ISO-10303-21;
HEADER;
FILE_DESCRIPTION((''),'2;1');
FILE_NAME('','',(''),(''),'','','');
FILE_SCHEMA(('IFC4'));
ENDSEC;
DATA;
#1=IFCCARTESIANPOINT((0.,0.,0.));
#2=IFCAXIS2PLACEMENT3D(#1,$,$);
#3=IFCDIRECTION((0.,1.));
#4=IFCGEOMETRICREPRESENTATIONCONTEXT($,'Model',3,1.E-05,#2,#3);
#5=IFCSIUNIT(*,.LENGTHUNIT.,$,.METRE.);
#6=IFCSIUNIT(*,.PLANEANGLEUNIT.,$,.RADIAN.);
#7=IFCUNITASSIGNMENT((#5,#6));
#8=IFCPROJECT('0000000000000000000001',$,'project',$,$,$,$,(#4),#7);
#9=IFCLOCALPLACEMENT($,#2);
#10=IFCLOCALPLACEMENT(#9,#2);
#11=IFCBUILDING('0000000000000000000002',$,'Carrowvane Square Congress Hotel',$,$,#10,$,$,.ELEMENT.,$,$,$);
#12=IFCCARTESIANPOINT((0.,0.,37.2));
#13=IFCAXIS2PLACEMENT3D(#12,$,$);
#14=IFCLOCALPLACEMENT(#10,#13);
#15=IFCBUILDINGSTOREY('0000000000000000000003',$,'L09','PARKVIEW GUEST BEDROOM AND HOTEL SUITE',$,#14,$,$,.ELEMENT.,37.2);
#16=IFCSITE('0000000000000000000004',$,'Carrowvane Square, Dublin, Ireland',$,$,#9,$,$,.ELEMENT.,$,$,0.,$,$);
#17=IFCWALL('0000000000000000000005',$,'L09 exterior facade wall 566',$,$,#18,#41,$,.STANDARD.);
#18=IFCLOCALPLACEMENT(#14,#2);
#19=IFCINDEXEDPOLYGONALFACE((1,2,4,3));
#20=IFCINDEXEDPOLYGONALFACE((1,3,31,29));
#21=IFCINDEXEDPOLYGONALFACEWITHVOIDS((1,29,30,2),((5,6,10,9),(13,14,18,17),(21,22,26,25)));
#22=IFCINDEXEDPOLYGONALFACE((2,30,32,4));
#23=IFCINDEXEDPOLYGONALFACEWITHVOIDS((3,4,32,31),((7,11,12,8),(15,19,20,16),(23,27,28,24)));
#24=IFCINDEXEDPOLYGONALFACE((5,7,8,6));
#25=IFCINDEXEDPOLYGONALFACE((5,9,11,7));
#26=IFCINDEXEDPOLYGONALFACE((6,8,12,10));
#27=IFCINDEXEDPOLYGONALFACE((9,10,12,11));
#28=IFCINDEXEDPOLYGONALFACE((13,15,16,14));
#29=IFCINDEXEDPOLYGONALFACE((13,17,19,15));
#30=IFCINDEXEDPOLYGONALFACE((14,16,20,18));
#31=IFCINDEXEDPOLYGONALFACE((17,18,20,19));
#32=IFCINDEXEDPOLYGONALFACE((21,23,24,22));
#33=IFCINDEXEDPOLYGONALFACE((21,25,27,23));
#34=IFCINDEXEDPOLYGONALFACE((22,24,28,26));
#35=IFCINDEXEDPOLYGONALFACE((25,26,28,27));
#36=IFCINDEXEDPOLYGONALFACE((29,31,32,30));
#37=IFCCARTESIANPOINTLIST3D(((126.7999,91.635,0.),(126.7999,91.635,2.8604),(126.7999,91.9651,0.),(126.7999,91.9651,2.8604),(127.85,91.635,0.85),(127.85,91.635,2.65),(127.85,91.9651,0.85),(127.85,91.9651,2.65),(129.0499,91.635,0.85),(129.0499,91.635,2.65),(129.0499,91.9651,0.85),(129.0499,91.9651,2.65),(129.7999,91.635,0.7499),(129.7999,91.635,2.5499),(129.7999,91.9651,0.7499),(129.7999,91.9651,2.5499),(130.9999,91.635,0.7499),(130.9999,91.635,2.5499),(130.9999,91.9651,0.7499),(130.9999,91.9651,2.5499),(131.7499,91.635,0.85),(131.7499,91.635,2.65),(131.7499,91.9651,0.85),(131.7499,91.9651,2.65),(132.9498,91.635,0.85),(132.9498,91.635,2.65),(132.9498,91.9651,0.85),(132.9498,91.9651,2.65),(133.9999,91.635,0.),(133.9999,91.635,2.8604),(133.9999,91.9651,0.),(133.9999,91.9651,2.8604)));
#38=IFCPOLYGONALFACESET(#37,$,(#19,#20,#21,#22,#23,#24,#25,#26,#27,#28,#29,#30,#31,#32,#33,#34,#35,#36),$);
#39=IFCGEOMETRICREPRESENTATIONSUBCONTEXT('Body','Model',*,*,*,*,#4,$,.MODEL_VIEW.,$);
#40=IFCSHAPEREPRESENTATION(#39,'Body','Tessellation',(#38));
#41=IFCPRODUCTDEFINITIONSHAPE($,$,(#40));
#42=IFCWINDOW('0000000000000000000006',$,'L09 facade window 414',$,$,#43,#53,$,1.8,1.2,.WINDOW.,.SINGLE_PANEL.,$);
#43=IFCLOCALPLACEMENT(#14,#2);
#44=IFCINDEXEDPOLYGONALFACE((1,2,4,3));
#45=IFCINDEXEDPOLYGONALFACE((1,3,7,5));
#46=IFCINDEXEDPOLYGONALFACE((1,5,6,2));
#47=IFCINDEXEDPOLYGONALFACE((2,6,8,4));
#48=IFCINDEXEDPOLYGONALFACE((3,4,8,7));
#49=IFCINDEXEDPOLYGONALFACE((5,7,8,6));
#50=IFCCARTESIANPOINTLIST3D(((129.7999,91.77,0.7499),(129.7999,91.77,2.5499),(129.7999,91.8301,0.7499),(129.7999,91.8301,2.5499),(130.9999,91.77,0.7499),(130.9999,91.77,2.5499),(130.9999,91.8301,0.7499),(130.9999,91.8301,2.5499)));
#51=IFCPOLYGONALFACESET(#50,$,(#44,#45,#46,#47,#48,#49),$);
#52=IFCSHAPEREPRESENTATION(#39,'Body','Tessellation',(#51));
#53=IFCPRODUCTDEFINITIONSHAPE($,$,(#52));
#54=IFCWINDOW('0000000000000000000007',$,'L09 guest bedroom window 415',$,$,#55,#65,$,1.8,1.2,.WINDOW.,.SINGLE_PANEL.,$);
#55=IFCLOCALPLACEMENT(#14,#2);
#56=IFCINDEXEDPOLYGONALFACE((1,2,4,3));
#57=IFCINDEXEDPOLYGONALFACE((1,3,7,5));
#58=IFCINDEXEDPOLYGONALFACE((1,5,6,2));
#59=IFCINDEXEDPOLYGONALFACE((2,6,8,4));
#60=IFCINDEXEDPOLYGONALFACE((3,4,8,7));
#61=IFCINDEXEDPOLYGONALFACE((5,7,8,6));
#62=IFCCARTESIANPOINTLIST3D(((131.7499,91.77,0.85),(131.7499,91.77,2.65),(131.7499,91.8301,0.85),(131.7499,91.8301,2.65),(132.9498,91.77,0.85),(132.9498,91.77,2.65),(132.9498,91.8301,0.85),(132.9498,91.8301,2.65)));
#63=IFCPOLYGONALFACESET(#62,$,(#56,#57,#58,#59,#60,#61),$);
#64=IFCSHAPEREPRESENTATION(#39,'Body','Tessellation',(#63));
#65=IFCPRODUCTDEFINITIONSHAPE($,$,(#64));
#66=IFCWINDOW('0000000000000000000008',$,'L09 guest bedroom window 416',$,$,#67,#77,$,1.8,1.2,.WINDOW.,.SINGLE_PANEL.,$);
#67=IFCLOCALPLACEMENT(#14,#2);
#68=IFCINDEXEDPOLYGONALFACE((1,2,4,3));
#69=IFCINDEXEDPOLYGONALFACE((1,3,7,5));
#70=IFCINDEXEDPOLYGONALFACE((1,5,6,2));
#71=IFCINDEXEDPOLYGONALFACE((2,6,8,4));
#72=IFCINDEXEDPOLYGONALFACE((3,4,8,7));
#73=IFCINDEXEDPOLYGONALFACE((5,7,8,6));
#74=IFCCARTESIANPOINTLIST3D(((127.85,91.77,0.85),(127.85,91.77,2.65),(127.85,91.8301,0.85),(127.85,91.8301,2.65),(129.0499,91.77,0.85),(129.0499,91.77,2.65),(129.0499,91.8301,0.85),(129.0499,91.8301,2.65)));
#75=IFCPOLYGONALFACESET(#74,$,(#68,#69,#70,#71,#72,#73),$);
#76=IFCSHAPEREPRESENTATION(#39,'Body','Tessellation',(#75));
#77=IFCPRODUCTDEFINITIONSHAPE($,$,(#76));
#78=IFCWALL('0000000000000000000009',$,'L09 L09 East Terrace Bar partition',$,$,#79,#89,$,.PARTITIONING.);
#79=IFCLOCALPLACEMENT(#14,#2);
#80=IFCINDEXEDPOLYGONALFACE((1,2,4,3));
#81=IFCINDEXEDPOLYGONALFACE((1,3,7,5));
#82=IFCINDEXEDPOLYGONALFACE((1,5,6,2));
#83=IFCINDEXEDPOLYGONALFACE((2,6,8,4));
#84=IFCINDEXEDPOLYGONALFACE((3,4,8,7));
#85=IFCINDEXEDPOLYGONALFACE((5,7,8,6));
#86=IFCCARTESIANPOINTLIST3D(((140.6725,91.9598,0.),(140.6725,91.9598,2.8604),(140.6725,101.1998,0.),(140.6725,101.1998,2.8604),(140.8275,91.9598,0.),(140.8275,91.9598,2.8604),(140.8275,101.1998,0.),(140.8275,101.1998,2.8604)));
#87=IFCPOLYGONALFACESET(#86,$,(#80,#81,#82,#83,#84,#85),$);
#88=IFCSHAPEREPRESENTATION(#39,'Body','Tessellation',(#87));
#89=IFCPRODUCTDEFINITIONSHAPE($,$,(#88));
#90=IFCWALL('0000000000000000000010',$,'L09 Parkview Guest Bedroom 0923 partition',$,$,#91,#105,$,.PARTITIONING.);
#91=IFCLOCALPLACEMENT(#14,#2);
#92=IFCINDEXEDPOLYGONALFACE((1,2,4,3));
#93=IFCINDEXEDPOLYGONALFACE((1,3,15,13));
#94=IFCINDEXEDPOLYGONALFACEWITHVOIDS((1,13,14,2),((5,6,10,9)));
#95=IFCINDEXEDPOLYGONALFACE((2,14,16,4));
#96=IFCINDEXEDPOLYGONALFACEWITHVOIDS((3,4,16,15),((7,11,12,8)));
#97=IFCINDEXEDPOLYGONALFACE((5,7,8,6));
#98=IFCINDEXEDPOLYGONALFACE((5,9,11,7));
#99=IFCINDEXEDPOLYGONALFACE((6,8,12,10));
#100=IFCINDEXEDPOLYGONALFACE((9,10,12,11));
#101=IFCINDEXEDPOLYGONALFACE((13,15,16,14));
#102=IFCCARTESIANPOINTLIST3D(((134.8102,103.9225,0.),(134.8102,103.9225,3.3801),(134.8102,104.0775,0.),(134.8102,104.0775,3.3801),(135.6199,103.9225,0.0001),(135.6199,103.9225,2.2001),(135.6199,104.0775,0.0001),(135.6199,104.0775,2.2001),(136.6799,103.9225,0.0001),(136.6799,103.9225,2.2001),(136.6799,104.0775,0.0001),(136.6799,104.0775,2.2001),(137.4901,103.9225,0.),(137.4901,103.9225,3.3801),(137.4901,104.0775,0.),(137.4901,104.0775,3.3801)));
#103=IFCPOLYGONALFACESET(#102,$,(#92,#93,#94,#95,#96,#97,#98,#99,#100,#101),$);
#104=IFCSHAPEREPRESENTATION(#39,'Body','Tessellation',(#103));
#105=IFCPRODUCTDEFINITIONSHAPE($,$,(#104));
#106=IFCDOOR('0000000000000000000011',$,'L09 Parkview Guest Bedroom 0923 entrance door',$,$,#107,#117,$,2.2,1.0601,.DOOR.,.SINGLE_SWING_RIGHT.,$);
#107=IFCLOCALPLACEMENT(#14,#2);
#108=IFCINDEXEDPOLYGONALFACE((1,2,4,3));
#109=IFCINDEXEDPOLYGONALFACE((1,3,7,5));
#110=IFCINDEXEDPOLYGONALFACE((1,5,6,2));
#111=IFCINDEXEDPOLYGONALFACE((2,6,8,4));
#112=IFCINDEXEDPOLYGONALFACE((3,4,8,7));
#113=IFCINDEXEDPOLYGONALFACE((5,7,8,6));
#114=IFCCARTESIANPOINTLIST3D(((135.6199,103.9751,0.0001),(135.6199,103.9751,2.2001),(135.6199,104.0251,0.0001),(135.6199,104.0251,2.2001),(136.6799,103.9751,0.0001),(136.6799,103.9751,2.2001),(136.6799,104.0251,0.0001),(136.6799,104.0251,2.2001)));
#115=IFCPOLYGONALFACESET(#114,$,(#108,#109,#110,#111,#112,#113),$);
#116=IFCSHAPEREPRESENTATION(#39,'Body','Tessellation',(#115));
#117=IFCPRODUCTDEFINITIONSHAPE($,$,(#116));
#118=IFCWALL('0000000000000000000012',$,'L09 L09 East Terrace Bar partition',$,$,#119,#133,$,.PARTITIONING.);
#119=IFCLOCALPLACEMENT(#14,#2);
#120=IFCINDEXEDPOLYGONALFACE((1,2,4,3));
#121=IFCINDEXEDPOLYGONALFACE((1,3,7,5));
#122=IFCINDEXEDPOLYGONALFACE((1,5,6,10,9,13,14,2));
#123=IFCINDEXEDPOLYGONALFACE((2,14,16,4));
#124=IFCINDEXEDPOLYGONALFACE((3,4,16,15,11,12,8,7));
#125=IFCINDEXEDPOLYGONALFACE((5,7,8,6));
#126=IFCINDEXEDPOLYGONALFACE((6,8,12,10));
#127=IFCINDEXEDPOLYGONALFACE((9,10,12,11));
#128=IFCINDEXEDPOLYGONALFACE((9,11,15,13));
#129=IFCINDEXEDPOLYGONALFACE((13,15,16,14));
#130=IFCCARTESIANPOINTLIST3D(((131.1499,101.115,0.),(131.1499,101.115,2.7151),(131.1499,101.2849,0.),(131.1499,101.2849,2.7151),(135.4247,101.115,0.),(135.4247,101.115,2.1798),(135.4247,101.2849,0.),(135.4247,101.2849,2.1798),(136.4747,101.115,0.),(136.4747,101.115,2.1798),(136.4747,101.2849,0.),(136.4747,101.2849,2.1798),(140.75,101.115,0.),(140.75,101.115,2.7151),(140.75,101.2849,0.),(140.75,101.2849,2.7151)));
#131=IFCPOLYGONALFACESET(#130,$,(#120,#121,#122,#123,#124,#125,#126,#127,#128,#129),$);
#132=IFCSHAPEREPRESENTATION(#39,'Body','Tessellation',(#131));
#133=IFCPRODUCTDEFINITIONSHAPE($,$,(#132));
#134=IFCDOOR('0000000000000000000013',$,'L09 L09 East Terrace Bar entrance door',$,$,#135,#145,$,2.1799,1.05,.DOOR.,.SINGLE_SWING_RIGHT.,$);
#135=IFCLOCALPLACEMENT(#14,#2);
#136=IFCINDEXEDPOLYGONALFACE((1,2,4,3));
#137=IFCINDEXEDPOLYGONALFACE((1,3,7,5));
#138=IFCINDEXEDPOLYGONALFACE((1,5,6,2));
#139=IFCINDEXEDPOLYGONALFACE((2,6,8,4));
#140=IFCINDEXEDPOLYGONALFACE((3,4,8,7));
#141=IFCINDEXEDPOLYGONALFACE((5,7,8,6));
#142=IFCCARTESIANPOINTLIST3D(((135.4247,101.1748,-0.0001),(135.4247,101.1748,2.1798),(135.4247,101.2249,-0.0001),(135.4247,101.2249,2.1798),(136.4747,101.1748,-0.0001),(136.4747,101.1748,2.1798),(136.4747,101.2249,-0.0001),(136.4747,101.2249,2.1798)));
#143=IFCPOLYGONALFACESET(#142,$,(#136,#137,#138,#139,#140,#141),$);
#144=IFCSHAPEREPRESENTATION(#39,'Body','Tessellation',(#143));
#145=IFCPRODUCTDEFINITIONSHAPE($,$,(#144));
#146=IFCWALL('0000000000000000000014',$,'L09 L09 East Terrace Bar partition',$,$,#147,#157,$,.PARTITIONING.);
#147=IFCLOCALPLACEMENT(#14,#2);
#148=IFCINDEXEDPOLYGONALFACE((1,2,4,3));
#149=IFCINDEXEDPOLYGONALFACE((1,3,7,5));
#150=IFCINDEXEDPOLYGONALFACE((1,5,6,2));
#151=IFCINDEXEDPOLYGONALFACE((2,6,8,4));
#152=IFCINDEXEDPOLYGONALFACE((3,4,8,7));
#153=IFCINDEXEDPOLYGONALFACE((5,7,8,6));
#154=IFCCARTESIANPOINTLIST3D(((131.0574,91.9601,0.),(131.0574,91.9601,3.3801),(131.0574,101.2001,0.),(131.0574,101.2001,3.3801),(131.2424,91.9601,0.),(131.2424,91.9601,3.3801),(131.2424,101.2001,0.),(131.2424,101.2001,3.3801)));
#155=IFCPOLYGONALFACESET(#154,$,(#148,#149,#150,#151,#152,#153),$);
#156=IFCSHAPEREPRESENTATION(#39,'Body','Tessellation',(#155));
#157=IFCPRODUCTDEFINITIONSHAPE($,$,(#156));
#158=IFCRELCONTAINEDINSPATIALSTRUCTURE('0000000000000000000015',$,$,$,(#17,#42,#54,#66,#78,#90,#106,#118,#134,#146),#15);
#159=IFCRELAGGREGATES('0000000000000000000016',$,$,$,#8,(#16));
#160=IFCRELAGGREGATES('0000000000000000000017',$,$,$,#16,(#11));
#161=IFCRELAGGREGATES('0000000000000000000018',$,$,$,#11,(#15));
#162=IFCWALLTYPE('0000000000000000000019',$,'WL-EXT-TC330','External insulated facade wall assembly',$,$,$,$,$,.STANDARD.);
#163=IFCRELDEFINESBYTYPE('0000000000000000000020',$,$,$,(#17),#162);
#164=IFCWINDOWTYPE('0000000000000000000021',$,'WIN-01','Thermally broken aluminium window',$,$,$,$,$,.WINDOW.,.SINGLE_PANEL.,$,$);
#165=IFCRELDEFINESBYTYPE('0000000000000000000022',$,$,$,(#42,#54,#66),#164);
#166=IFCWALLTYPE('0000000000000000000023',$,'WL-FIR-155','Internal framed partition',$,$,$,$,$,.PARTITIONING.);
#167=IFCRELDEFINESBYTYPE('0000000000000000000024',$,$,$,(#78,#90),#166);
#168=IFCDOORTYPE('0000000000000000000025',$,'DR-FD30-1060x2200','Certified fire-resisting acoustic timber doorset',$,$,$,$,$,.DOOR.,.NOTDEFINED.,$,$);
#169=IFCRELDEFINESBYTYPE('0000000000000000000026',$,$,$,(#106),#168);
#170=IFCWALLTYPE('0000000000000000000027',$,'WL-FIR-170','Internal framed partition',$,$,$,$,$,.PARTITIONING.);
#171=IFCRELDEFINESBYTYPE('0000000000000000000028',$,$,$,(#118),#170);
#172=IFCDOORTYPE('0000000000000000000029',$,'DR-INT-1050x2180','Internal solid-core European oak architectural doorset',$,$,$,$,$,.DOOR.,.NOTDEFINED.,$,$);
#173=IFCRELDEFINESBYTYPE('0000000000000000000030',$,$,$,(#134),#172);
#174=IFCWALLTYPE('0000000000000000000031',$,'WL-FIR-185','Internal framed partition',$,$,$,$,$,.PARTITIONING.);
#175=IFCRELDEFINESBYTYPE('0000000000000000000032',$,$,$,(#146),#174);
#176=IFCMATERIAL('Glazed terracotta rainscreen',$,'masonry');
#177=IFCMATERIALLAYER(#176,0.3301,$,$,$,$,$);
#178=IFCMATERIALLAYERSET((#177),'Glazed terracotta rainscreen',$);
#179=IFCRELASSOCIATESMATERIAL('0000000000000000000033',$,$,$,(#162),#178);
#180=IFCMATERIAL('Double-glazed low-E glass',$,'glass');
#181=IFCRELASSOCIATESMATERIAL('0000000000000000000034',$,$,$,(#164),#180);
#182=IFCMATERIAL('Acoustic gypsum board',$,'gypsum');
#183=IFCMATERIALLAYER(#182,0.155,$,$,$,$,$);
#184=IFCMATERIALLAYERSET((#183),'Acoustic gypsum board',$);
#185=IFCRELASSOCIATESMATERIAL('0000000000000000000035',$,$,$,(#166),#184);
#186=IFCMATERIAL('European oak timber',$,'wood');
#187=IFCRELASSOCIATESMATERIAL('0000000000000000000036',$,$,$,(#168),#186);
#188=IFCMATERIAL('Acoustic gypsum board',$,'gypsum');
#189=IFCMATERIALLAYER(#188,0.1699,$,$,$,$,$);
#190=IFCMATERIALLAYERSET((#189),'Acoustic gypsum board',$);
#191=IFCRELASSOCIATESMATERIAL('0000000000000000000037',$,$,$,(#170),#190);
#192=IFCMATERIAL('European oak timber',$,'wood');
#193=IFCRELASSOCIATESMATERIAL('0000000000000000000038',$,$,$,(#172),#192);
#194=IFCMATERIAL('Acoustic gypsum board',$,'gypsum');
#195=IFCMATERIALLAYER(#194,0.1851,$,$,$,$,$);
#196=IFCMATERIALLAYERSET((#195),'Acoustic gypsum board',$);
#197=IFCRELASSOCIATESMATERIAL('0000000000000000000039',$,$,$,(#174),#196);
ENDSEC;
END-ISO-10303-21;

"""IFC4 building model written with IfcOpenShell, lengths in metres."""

from ifc_helpers import new_model, si_unit, direction, frame, frame_2d, origin, place, context, subcontext, project, spatial, rectangle, extrude, material, layer, layer_set, type_object, element, fill, save


model = new_model("IFC4")

# Units and contexts
model_context = context("Model", 3, precision=1e-05, world=origin(), true_north=direction((0.0, 1.0)))
body_context = subcontext(model_context, "Body", "Model", "MODEL_VIEW")
ifc_project = project(units=[si_unit("LENGTHUNIT", "METRE"), si_unit("PLANEANGLEUNIT", "RADIAN")], contexts=[model_context])

# Site, building, storey
site_placement = place(None, origin())
site = spatial("IfcSite", under=ifc_project, at=site_placement, Name="Carrowvane Square, Dublin, Ireland", CompositionType="ELEMENT", RefElevation=0.0)
building_placement = place(site_placement, origin())
building = spatial("IfcBuilding", under=site, at=building_placement, Name="Carrowvane Square Congress Hotel", CompositionType="ELEMENT")
storey_placement = place(building_placement, frame((0.0, 0.0, 37.2)))
storey = spatial("IfcBuildingStorey", under=building, at=storey_placement, Name="L09", Description="PARKVIEW GUEST BEDROOM AND HOTEL SUITE", CompositionType="ELEMENT", Elevation=37.2)

# Wall, openings, windows
ifc_material_1 = material(Name="Glazed terracotta rainscreen", Category="masonry")
ifc_layer_1 = layer(ifc_material_1, 0.3301)
ifc_layer_set_1 = layer_set([ifc_layer_1], Name="Glazed terracotta rainscreen")
wall_type_1 = type_object("IfcWallType", Name="WL-EXT-TC330", Description="External insulated facade wall assembly", PredefinedType="STANDARD", material=ifc_layer_set_1)
wall_1_placement = place(storey_placement, frame((134.0, 91.8, 0.0), z_axis=(0.0, 0.0, 1.0), x_axis=(-1.0, 0.0, 0.0)))
wall_1 = element("IfcWall", 1, at=wall_1_placement, inside=storey, type_object=wall_type_1, Name="L09 exterior facade wall 566", PredefinedType="STANDARD", context=body_context, shape_type="SweptSolid", body=[
    extrude(rectangle(XDim=7.2, YDim=0.3301, at=frame_2d((3.6001, 0.0))), origin(), (0.0, 0.0, 1.0), 2.8604),
])
opening_1_placement = place(wall_1_placement, frame((3.0, 0.0, 0.75)))
opening_1 = element("IfcOpeningElement", 2, at=opening_1_placement, cuts=wall_1, PredefinedType="OPENING", context=body_context, shape_type="SweptSolid", body=[
    extrude(rectangle(XDim=1.2, YDim=1.8, at=frame_2d((0.6001, 0.8999))), frame((0.0, 0.175, 0.0), z_axis=(0.0, -1.0, 0.0), x_axis=(1.0, 0.0, 0.0)), (0.0, 0.0, 1.0), 0.3501),
])
opening_2_placement = place(wall_1_placement, frame((1.05, 0.0, 0.8501)))
opening_2 = element("IfcOpeningElement", 3, at=opening_2_placement, cuts=wall_1, PredefinedType="OPENING", context=body_context, shape_type="SweptSolid", body=[
    extrude(rectangle(XDim=1.2, YDim=1.8, at=frame_2d((0.6001, 0.8999))), frame((0.0, 0.175, 0.0), z_axis=(0.0, -1.0, 0.0), x_axis=(1.0, 0.0, 0.0)), (0.0, 0.0, 1.0), 0.3501),
])
opening_3_placement = place(wall_1_placement, frame((4.95, 0.0, 0.8501)))
opening_3 = element("IfcOpeningElement", 4, at=opening_3_placement, cuts=wall_1, PredefinedType="OPENING", context=body_context, shape_type="SweptSolid", body=[
    extrude(rectangle(XDim=1.2, YDim=1.8, at=frame_2d((0.6001, 0.8999))), frame((0.0, 0.175, 0.0), z_axis=(0.0, -1.0, 0.0), x_axis=(1.0, 0.0, 0.0)), (0.0, 0.0, 1.0), 0.3501),
])
ifc_material_2 = material(Name="Double-glazed low-E glass", Category="glass")
window_type = type_object("IfcWindowType", Name="WIN-01", Description="Thermally broken aluminium window", PartitioningType="SINGLE_PANEL", PredefinedType="WINDOW", material=ifc_material_2)
window_1_placement = place(opening_1_placement, origin())
window_1 = element("IfcWindow", 5, at=window_1_placement, inside=storey, type_object=window_type, Name="L09 facade window 414", OverallHeight=1.8, OverallWidth=1.2, PartitioningType="SINGLE_PANEL", PredefinedType="WINDOW", context=body_context, shape_type="SweptSolid", body=[
    extrude(rectangle(XDim=1.2, YDim=1.8, at=frame_2d((0.6001, 0.8999))), frame((0.0, 0.03, 0.0), z_axis=(0.0, -1.0, 0.0), x_axis=(1.0, 0.0, 0.0)), (0.0, 0.0, 1.0), 0.0601),
])
fill(opening_1, window_1)
window_2_placement = place(opening_2_placement, origin())
window_2 = element("IfcWindow", 6, at=window_2_placement, inside=storey, type_object=window_type, Name="L09 guest bedroom window 415", OverallHeight=1.8, OverallWidth=1.2, PartitioningType="SINGLE_PANEL", PredefinedType="WINDOW", context=body_context, shape_type="SweptSolid", body=[
    extrude(rectangle(XDim=1.2, YDim=1.8, at=frame_2d((0.6001, 0.8999))), frame((0.0, 0.03, 0.0), z_axis=(0.0, -1.0, 0.0), x_axis=(1.0, 0.0, 0.0)), (0.0, 0.0, 1.0), 0.0601),
])
fill(opening_2, window_2)
window_3_placement = place(opening_3_placement, origin())
window_3 = element("IfcWindow", 7, at=window_3_placement, inside=storey, type_object=window_type, Name="L09 guest bedroom window 416", OverallHeight=1.8, OverallWidth=1.2, PartitioningType="SINGLE_PANEL", PredefinedType="WINDOW", context=body_context, shape_type="SweptSolid", body=[
    extrude(rectangle(XDim=1.2, YDim=1.8, at=frame_2d((0.6001, 0.8999))), frame((0.0, 0.03, 0.0), z_axis=(0.0, -1.0, 0.0), x_axis=(1.0, 0.0, 0.0)), (0.0, 0.0, 1.0), 0.0601),
])
fill(opening_3, window_3)

# Wall
ifc_material_3 = material(Name="Acoustic gypsum board", Category="gypsum")
ifc_layer_2 = layer(ifc_material_3, 0.155)
ifc_layer_set_2 = layer_set([ifc_layer_2], Name="Acoustic gypsum board")
wall_type_2 = type_object("IfcWallType", Name="WL-FIR-155", Description="Internal framed partition", PredefinedType="PARTITIONING", material=ifc_layer_set_2)
wall_2_placement = place(storey_placement, frame((140.75, 101.2, 0.0), z_axis=(0.0, 0.0, 1.0), x_axis=(0.0, -1.0, 0.0)))
element("IfcWall", 8, at=wall_2_placement, inside=storey, type_object=wall_type_2, Name="L09 L09 East Terrace Bar partition", PredefinedType="PARTITIONING", context=body_context, shape_type="SweptSolid", body=[
    extrude(rectangle(XDim=9.24, YDim=0.155, at=frame_2d((4.6201, 0.0))), origin(), (0.0, 0.0, 1.0), 2.8604),
])

# Walls, openings, doors
wall_3_placement = place(storey_placement, frame((137.49, 104.0, 0.0), z_axis=(0.0, 0.0, 1.0), x_axis=(-1.0, 0.0, 0.0)))
wall_3 = element("IfcWall", 9, at=wall_3_placement, inside=storey, type_object=wall_type_2, Name="L09 Parkview Guest Bedroom 0923 partition", PredefinedType="PARTITIONING", context=body_context, shape_type="SweptSolid", body=[
    extrude(rectangle(XDim=2.6799, YDim=0.155, at=frame_2d((1.3398, 0.0))), origin(), (0.0, 0.0, 1.0), 3.3801),
])
opening_4_placement = place(wall_3_placement, frame((0.8101, 0.0, 0.0)))
opening_4 = element("IfcOpeningElement", 10, at=opening_4_placement, cuts=wall_3, PredefinedType="OPENING", context=body_context, shape_type="SweptSolid", body=[
    extrude(rectangle(XDim=1.0601, YDim=2.2, at=frame_2d((0.53, 1.1001))), frame((0.0, 0.0874, 0.0), z_axis=(0.0, -1.0, 0.0), x_axis=(1.0, 0.0, 0.0)), (0.0, 0.0, 1.0), 0.175),
])
ifc_material_4 = material(Name="European oak timber", Category="wood")
door_type_1 = type_object("IfcDoorType", Name="DR-FD30-1060x2200", Description="Certified fire-resisting acoustic timber doorset", OperationType="NOTDEFINED", PredefinedType="DOOR", material=ifc_material_4)
door_1_placement = place(opening_4_placement, origin())
door_1 = element("IfcDoor", 11, at=door_1_placement, inside=storey, type_object=door_type_1, Name="L09 Parkview Guest Bedroom 0923 entrance door", OperationType="SINGLE_SWING_RIGHT", OverallHeight=2.2, OverallWidth=1.0601, PredefinedType="DOOR", context=body_context, shape_type="SweptSolid", body=[
    extrude(rectangle(XDim=1.0601, YDim=2.2, at=frame_2d((0.53, 1.1001))), frame((0.0, 0.0249, 0.0), z_axis=(0.0, -1.0, 0.0), x_axis=(1.0, 0.0, 0.0)), (0.0, 0.0, 1.0), 0.05),
])
fill(opening_4, door_1)
ifc_material_5 = material(Name="Acoustic gypsum board", Category="gypsum")
ifc_layer_3 = layer(ifc_material_5, 0.1699)
ifc_layer_set_3 = layer_set([ifc_layer_3], Name="Acoustic gypsum board")
wall_type_3 = type_object("IfcWallType", Name="WL-FIR-170", Description="Internal framed partition", PredefinedType="PARTITIONING", material=ifc_layer_set_3)
wall_4_placement = place(storey_placement, frame((131.1499, 101.2, 0.0), z_axis=(0.0, 0.0, 1.0), x_axis=(1.0, 0.0, 0.0)))
wall_4 = element("IfcWall", 12, at=wall_4_placement, inside=storey, type_object=wall_type_3, Name="L09 L09 East Terrace Bar partition", PredefinedType="PARTITIONING", context=body_context, shape_type="SweptSolid", body=[
    extrude(rectangle(XDim=9.6001, YDim=0.1699, at=frame_2d((4.8, 0.0))), origin(), (0.0, 0.0, 1.0), 2.7151),
])
opening_5_placement = place(wall_4_placement, frame((4.2749, 0.0, 0.0)))
opening_5 = element("IfcOpeningElement", 13, at=opening_5_placement, cuts=wall_4, PredefinedType="OPENING", context=body_context, shape_type="SweptSolid", body=[
    extrude(rectangle(XDim=1.05, YDim=2.1799, at=frame_2d((0.5249, 1.0898))), frame((0.0, 0.095, 0.0), z_axis=(0.0, -1.0, 0.0), x_axis=(1.0, 0.0, 0.0)), (0.0, 0.0, 1.0), 0.1899),
])
ifc_material_6 = material(Name="European oak timber", Category="wood")
door_type_2 = type_object("IfcDoorType", Name="DR-INT-1050x2180", Description="Internal solid-core European oak architectural doorset", OperationType="NOTDEFINED", PredefinedType="DOOR", material=ifc_material_6)
door_2_placement = place(opening_5_placement, origin())
door_2 = element("IfcDoor", 14, at=door_2_placement, inside=storey, type_object=door_type_2, Name="L09 L09 East Terrace Bar entrance door", OperationType="SINGLE_SWING_RIGHT", OverallHeight=2.1799, OverallWidth=1.05, PredefinedType="DOOR", context=body_context, shape_type="SweptSolid", body=[
    extrude(rectangle(XDim=1.05, YDim=2.1799, at=frame_2d((0.5249, 1.0898))), frame((0.0, 0.0249, 0.0), z_axis=(0.0, -1.0, 0.0), x_axis=(1.0, 0.0, 0.0)), (0.0, 0.0, 1.0), 0.05),
])
fill(opening_5, door_2)

# Wall
ifc_material_7 = material(Name="Acoustic gypsum board", Category="gypsum")
ifc_layer_4 = layer(ifc_material_7, 0.1851)
ifc_layer_set_4 = layer_set([ifc_layer_4], Name="Acoustic gypsum board")
wall_type_4 = type_object("IfcWallType", Name="WL-FIR-185", Description="Internal framed partition", PredefinedType="PARTITIONING", material=ifc_layer_set_4)
wall_5_placement = place(storey_placement, frame((131.1499, 91.96, 0.0), z_axis=(0.0, 0.0, 1.0), x_axis=(0.0, 1.0, 0.0)))
element("IfcWall", 15, at=wall_5_placement, inside=storey, type_object=wall_type_4, Name="L09 L09 East Terrace Bar partition", PredefinedType="PARTITIONING", context=body_context, shape_type="SweptSolid", body=[
    extrude(rectangle(XDim=9.24, YDim=0.1851, at=frame_2d((4.6201, 0.0))), origin(), (0.0, 0.0, 1.0), 3.3801),
])

save(model, "model.ifc")
